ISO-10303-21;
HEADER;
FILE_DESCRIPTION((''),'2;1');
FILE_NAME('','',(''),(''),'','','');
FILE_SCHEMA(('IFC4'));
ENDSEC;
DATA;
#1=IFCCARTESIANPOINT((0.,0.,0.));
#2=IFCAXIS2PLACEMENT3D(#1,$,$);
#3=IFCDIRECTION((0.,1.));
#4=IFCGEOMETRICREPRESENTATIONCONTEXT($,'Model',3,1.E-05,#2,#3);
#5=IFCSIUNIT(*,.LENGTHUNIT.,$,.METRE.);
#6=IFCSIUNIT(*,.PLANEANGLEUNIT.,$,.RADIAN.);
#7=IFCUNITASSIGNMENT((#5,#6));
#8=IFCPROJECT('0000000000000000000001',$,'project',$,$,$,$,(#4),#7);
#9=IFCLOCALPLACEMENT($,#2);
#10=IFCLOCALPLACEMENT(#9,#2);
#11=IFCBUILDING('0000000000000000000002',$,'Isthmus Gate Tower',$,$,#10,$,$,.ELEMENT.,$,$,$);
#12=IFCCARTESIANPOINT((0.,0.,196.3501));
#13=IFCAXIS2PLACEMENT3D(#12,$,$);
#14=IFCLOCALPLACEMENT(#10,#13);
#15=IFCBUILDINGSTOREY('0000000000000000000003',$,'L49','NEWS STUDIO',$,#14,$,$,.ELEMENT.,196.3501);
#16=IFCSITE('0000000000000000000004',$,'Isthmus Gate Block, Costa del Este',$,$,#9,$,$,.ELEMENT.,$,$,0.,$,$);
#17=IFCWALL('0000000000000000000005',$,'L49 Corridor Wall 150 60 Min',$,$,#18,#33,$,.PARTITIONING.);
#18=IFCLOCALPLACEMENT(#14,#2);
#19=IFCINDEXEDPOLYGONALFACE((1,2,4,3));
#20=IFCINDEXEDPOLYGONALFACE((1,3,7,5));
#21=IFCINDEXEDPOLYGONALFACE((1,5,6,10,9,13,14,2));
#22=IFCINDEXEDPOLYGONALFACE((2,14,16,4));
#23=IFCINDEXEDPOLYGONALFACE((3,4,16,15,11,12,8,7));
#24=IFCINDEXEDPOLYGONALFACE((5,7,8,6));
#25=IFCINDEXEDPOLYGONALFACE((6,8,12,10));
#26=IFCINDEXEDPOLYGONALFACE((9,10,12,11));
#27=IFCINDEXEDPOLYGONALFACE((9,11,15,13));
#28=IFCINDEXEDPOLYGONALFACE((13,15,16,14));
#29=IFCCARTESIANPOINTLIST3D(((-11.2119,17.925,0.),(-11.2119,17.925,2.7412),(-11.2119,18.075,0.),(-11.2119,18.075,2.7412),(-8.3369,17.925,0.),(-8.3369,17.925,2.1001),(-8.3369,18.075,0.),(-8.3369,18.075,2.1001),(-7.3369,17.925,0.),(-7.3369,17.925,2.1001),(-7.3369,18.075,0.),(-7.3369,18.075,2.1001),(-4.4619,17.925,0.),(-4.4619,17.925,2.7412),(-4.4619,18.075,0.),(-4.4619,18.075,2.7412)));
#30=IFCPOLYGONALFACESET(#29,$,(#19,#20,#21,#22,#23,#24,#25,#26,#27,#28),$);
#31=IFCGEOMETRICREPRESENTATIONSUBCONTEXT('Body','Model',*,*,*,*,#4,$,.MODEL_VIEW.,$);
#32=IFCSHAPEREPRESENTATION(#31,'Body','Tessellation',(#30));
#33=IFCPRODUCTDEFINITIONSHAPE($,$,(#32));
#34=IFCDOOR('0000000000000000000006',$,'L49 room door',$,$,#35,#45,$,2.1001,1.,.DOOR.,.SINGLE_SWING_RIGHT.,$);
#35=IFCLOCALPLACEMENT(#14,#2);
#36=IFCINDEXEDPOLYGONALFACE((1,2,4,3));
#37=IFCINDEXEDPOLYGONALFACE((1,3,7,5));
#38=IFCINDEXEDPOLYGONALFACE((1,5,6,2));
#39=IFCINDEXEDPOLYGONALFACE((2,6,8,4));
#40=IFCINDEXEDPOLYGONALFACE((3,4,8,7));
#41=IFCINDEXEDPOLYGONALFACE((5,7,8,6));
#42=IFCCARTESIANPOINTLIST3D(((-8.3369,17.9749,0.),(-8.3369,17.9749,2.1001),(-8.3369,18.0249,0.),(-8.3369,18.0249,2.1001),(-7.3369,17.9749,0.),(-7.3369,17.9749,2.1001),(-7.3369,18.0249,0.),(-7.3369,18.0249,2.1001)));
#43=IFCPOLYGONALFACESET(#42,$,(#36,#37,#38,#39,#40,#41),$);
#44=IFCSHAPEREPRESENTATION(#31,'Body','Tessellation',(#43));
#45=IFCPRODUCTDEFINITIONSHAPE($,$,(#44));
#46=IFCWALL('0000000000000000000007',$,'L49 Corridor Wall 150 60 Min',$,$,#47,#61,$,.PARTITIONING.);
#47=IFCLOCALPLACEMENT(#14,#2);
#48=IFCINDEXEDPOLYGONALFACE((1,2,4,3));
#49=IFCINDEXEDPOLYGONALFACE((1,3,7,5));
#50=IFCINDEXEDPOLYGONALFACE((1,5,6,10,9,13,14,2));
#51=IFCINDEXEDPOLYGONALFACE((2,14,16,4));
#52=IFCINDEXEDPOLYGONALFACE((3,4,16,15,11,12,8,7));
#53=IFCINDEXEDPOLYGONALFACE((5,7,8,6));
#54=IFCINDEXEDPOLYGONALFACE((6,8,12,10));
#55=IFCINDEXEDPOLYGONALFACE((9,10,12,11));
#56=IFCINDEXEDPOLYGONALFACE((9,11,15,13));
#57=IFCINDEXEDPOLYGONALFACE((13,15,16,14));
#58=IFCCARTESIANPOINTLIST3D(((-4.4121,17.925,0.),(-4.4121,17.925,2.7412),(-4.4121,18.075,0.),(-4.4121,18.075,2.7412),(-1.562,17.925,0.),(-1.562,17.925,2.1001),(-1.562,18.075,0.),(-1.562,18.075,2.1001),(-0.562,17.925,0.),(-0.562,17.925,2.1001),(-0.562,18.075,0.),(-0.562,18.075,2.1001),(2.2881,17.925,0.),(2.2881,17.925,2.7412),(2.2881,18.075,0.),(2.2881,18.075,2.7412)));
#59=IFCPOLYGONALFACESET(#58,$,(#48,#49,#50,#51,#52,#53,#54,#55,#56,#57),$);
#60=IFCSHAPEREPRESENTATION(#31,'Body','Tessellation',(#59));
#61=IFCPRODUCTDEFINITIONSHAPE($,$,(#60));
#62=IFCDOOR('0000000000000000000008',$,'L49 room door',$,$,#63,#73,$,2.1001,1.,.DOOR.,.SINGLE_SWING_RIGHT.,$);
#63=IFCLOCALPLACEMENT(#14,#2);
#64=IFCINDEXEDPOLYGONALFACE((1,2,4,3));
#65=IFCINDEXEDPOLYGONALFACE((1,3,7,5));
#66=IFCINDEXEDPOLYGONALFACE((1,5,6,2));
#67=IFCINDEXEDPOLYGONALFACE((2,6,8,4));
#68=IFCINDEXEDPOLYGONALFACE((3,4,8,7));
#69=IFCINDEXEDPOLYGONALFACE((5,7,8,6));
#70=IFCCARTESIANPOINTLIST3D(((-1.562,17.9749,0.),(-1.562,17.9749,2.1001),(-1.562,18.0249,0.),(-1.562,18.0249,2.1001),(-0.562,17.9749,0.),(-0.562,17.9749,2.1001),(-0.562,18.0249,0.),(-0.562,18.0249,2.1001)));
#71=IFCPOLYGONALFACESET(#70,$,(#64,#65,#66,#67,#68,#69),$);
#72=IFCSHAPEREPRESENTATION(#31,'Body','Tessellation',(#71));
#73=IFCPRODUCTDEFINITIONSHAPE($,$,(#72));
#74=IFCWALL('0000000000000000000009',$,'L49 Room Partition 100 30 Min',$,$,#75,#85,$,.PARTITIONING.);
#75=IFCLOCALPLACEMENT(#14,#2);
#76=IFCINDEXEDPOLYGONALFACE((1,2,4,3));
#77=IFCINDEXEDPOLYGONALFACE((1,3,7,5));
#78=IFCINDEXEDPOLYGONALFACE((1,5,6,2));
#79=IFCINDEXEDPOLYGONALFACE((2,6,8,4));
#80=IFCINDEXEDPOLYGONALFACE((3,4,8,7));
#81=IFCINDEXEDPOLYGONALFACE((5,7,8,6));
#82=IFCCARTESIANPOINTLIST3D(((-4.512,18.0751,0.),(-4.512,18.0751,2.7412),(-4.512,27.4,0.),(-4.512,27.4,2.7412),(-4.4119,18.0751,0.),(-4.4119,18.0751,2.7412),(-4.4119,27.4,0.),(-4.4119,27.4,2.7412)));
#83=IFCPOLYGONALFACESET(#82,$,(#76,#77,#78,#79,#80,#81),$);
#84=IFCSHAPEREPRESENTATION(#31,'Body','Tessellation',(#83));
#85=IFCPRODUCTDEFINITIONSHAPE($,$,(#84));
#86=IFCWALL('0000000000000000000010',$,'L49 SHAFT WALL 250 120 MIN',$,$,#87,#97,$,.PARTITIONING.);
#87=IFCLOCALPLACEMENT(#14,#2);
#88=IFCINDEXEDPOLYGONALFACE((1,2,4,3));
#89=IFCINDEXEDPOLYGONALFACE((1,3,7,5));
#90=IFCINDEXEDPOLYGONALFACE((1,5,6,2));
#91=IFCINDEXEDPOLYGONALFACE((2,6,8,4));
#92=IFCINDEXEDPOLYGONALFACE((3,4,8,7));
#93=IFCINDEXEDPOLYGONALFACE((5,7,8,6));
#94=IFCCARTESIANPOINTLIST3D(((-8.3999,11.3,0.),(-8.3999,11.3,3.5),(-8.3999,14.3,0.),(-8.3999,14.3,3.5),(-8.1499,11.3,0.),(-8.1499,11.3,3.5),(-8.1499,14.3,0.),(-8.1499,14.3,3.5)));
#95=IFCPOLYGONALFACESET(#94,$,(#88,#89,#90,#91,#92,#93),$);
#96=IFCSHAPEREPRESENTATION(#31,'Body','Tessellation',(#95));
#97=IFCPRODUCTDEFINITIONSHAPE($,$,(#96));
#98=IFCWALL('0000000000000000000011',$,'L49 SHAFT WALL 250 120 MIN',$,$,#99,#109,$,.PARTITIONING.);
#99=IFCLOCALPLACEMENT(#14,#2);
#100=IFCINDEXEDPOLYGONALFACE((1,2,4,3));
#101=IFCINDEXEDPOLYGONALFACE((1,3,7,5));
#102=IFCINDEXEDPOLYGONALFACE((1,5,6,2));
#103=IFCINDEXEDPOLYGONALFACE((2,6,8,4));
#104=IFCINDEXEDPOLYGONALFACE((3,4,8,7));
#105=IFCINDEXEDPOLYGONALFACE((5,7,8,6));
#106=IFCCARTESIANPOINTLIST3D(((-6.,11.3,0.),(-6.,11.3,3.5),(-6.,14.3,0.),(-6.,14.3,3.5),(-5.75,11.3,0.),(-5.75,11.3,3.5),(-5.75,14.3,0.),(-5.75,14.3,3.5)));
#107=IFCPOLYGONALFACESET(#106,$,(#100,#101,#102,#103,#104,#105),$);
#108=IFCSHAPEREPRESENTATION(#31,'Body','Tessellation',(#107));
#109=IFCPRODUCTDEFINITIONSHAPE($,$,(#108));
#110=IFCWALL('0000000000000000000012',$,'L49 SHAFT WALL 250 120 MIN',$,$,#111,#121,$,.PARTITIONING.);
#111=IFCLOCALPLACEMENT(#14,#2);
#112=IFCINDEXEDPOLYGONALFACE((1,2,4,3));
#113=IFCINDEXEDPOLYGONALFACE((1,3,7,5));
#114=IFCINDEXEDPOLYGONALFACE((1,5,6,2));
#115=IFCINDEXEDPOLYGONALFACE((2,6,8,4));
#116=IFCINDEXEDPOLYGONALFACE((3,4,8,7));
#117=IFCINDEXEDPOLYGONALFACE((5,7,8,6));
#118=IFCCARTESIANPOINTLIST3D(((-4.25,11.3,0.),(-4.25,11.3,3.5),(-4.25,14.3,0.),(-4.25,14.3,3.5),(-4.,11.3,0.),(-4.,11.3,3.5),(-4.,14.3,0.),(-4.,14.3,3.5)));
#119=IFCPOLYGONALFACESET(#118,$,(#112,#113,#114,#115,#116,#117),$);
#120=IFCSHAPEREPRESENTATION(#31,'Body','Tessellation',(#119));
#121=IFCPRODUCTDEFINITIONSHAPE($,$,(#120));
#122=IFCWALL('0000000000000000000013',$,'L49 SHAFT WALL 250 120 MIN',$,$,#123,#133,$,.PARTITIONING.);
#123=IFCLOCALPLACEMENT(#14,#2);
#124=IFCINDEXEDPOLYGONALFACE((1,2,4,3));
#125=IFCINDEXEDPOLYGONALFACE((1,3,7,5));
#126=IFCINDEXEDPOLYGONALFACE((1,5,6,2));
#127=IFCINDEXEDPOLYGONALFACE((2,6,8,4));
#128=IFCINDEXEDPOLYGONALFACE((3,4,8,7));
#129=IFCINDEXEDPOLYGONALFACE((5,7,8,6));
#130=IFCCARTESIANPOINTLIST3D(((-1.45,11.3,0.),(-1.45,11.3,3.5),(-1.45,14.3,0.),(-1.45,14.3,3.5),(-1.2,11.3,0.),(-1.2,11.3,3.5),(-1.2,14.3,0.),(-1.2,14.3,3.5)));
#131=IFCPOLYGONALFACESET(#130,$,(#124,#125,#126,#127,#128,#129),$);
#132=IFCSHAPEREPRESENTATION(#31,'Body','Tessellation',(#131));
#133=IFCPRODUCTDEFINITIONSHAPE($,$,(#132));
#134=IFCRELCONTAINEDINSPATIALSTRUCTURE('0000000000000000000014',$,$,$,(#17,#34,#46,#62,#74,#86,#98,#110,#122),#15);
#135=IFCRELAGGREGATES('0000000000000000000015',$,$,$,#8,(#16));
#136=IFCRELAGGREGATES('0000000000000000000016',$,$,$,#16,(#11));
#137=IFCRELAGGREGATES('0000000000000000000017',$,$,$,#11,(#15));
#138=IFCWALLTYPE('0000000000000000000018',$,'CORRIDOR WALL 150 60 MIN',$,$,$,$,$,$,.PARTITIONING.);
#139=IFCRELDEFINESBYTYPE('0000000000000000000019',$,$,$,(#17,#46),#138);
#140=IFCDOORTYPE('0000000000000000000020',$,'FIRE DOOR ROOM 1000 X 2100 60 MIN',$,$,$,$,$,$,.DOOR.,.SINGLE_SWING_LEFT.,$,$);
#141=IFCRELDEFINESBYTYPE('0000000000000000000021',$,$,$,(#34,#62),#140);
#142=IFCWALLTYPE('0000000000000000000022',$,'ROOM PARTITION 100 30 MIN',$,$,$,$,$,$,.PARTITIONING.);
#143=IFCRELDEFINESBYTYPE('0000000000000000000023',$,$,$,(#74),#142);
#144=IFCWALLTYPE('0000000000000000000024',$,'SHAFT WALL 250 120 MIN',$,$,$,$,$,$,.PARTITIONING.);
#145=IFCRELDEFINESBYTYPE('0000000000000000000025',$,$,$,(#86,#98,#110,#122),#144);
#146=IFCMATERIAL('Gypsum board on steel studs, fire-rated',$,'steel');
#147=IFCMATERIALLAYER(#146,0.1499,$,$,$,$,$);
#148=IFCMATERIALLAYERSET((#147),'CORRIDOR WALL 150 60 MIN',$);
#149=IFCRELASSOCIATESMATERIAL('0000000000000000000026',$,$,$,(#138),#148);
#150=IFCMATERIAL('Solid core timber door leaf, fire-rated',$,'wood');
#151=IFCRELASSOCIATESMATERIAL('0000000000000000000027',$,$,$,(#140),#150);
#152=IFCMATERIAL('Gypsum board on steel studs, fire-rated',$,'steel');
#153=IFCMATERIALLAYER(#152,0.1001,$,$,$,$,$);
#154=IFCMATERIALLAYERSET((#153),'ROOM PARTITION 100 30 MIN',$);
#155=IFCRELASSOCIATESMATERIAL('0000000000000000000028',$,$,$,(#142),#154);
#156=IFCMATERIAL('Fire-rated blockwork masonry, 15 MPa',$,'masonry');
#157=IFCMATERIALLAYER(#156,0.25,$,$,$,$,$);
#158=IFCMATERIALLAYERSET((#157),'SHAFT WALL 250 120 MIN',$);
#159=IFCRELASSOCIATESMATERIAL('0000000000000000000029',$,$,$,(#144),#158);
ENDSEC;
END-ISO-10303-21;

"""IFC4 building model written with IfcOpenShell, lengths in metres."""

from ifc_helpers import new_model, si_unit, direction, frame, frame_2d, origin, place, context, subcontext, project, spatial, rectangle, extrude, material, layer, layer_set, type_object, element, fill, save


model = new_model("IFC4")

# Units and contexts
model_context = context("Model", 3, precision=1e-05, world=origin(), true_north=direction((0.0, 1.0)))
body_context = subcontext(model_context, "Body", "Model", "MODEL_VIEW")
ifc_project = project(units=[si_unit("LENGTHUNIT", "METRE"), si_unit("PLANEANGLEUNIT", "RADIAN")], contexts=[model_context])

# Site, building, storey
site_placement = place(None, origin())
site = spatial("IfcSite", under=ifc_project, at=site_placement, Name="Isthmus Gate Block, Costa del Este", CompositionType="ELEMENT", RefElevation=0.0)
building_placement = place(site_placement, origin())
building = spatial("IfcBuilding", under=site, at=building_placement, Name="Isthmus Gate Tower", CompositionType="ELEMENT")
storey_placement = place(building_placement, frame((0.0, 0.0, 196.3501)))
storey = spatial("IfcBuildingStorey", under=building, at=storey_placement, Name="L49", Description="NEWS STUDIO", CompositionType="ELEMENT", Elevation=196.3501)

# Walls, openings, doors
ifc_material_1 = material(Name="Gypsum board on steel studs, fire-rated", Category="steel")
ifc_layer_1 = layer(ifc_material_1, 0.1499)
ifc_layer_set_1 = layer_set([ifc_layer_1], Name="CORRIDOR WALL 150 60 MIN")
wall_type_1 = type_object("IfcWallType", Name="CORRIDOR WALL 150 60 MIN", PredefinedType="PARTITIONING", material=ifc_layer_set_1)
wall_1_placement = place(storey_placement, frame((-11.2119, 18.0, 0.0), z_axis=(0.0, 0.0, 1.0), x_axis=(1.0, 0.0, 0.0)))
wall_1 = element("IfcWall", 1, at=wall_1_placement, inside=storey, type_object=wall_type_1, Name="L49 Corridor Wall 150 60 Min", PredefinedType="PARTITIONING", context=body_context, shape_type="SweptSolid", body=[
    extrude(rectangle(XDim=6.75, YDim=0.1499, at=frame_2d((3.375, 0.0))), origin(), (0.0, 0.0, 1.0), 2.7412),
])
opening_1_placement = place(wall_1_placement, frame((2.875, 0.0, 0.0)))
opening_1 = element("IfcOpeningElement", 2, at=opening_1_placement, cuts=wall_1, PredefinedType="OPENING", context=body_context, shape_type="SweptSolid", body=[
    extrude(rectangle(XDim=1.0, YDim=2.1001, at=frame_2d((0.5, 1.05))), frame((0.0, 0.085, 0.0), z_axis=(0.0, -1.0, 0.0), x_axis=(1.0, 0.0, 0.0)), (0.0, 0.0, 1.0), 0.1699),
])
ifc_material_2 = material(Name="Solid core timber door leaf, fire-rated", Category="wood")
door_type = type_object("IfcDoorType", Name="FIRE DOOR ROOM 1000 X 2100 60 MIN", OperationType="SINGLE_SWING_LEFT", PredefinedType="DOOR", material=ifc_material_2)
door_1_placement = place(opening_1_placement, origin())
door_1 = element("IfcDoor", 3, at=door_1_placement, inside=storey, type_object=door_type, Name="L49 room door", OperationType="SINGLE_SWING_RIGHT", OverallHeight=2.1001, OverallWidth=1.0, PredefinedType="DOOR", context=body_context, shape_type="SweptSolid", body=[
    extrude(rectangle(XDim=1.0, YDim=2.1001, at=frame_2d((0.5, 1.05))), frame((0.0, 0.0249, 0.0), z_axis=(0.0, -1.0, 0.0), x_axis=(1.0, 0.0, 0.0)), (0.0, 0.0, 1.0), 0.05),
])
fill(opening_1, door_1)
wall_2_placement = place(storey_placement, frame((-4.4121, 18.0, 0.0), z_axis=(0.0, 0.0, 1.0), x_axis=(1.0, 0.0, 0.0)))
wall_2 = element("IfcWall", 4, at=wall_2_placement, inside=storey, type_object=wall_type_1, Name="L49 Corridor Wall 150 60 Min", PredefinedType="PARTITIONING", context=body_context, shape_type="SweptSolid", body=[
    extrude(rectangle(XDim=6.7002, YDim=0.1499, at=frame_2d((3.3501, 0.0))), origin(), (0.0, 0.0, 1.0), 2.7412),
])
opening_2_placement = place(wall_2_placement, frame((2.8501, 0.0, 0.0)))
opening_2 = element("IfcOpeningElement", 5, at=opening_2_placement, cuts=wall_2, PredefinedType="OPENING", context=body_context, shape_type="SweptSolid", body=[
    extrude(rectangle(XDim=1.0, YDim=2.1001, at=frame_2d((0.5, 1.05))), frame((0.0, 0.085, 0.0), z_axis=(0.0, -1.0, 0.0), x_axis=(1.0, 0.0, 0.0)), (0.0, 0.0, 1.0), 0.1699),
])
door_2_placement = place(opening_2_placement, origin())
door_2 = element("IfcDoor", 6, at=door_2_placement, inside=storey, type_object=door_type, Name="L49 room door", OperationType="SINGLE_SWING_RIGHT", OverallHeight=2.1001, OverallWidth=1.0, PredefinedType="DOOR", context=body_context, shape_type="SweptSolid", body=[
    extrude(rectangle(XDim=1.0, YDim=2.1001, at=frame_2d((0.5, 1.05))), frame((0.0, 0.0249, 0.0), z_axis=(0.0, -1.0, 0.0), x_axis=(1.0, 0.0, 0.0)), (0.0, 0.0, 1.0), 0.05),
])
fill(opening_2, door_2)

# Walls
ifc_material_3 = material(Name="Gypsum board on steel studs, fire-rated", Category="steel")
ifc_layer_2 = layer(ifc_material_3, 0.1001)
ifc_layer_set_2 = layer_set([ifc_layer_2], Name="ROOM PARTITION 100 30 MIN")
wall_type_2 = type_object("IfcWallType", Name="ROOM PARTITION 100 30 MIN", PredefinedType="PARTITIONING", material=ifc_layer_set_2)
wall_3_placement = place(storey_placement, frame((-4.4619, 18.075, 0.0), z_axis=(0.0, 0.0, 1.0), x_axis=(0.0, 1.0, 0.0)))
element("IfcWall", 7, at=wall_3_placement, inside=storey, type_object=wall_type_2, Name="L49 Room Partition 100 30 Min", PredefinedType="PARTITIONING", context=body_context, shape_type="SweptSolid", body=[
    extrude(rectangle(XDim=9.325, YDim=0.1001, at=frame_2d((4.6626, 0.0))), origin(), (0.0, 0.0, 1.0), 2.7412),
])
ifc_material_4 = material(Name="Fire-rated blockwork masonry, 15 MPa", Category="masonry")
ifc_layer_3 = layer(ifc_material_4, 0.25)
ifc_layer_set_3 = layer_set([ifc_layer_3], Name="SHAFT WALL 250 120 MIN")
wall_type_3 = type_object("IfcWallType", Name="SHAFT WALL 250 120 MIN", PredefinedType="PARTITIONING", material=ifc_layer_set_3)
for number, where, z_axis, x_axis, name in (
    (8, (-8.2749, 11.3, 0.0), (0.0, 0.0, 1.0), (0.0, 1.0, 0.0), "L49 SHAFT WALL 250 120 MIN"),
    (9, (-5.875, 11.3, 0.0), (0.0, 0.0, 1.0), (0.0, 1.0, 0.0), "L49 SHAFT WALL 250 120 MIN"),
    (10, (-4.125, 11.3, 0.0), (0.0, 0.0, 1.0), (0.0, 1.0, 0.0), "L49 SHAFT WALL 250 120 MIN"),
    (11, (-1.325, 11.3, 0.0), (0.0, 0.0, 1.0), (0.0, 1.0, 0.0), "L49 SHAFT WALL 250 120 MIN"),
):
    element("IfcWall", number, at=place(storey_placement, frame(where, z_axis=z_axis, x_axis=x_axis)), inside=storey, type_object=wall_type_3, Name=name, PredefinedType="PARTITIONING", context=body_context, shape_type="SweptSolid", body=[
        extrude(rectangle(XDim=3.0, YDim=0.25, at=frame_2d((1.5, 0.0))), origin(), (0.0, 0.0, 1.0), 3.5),
    ])

save(model, "model.ifc")
